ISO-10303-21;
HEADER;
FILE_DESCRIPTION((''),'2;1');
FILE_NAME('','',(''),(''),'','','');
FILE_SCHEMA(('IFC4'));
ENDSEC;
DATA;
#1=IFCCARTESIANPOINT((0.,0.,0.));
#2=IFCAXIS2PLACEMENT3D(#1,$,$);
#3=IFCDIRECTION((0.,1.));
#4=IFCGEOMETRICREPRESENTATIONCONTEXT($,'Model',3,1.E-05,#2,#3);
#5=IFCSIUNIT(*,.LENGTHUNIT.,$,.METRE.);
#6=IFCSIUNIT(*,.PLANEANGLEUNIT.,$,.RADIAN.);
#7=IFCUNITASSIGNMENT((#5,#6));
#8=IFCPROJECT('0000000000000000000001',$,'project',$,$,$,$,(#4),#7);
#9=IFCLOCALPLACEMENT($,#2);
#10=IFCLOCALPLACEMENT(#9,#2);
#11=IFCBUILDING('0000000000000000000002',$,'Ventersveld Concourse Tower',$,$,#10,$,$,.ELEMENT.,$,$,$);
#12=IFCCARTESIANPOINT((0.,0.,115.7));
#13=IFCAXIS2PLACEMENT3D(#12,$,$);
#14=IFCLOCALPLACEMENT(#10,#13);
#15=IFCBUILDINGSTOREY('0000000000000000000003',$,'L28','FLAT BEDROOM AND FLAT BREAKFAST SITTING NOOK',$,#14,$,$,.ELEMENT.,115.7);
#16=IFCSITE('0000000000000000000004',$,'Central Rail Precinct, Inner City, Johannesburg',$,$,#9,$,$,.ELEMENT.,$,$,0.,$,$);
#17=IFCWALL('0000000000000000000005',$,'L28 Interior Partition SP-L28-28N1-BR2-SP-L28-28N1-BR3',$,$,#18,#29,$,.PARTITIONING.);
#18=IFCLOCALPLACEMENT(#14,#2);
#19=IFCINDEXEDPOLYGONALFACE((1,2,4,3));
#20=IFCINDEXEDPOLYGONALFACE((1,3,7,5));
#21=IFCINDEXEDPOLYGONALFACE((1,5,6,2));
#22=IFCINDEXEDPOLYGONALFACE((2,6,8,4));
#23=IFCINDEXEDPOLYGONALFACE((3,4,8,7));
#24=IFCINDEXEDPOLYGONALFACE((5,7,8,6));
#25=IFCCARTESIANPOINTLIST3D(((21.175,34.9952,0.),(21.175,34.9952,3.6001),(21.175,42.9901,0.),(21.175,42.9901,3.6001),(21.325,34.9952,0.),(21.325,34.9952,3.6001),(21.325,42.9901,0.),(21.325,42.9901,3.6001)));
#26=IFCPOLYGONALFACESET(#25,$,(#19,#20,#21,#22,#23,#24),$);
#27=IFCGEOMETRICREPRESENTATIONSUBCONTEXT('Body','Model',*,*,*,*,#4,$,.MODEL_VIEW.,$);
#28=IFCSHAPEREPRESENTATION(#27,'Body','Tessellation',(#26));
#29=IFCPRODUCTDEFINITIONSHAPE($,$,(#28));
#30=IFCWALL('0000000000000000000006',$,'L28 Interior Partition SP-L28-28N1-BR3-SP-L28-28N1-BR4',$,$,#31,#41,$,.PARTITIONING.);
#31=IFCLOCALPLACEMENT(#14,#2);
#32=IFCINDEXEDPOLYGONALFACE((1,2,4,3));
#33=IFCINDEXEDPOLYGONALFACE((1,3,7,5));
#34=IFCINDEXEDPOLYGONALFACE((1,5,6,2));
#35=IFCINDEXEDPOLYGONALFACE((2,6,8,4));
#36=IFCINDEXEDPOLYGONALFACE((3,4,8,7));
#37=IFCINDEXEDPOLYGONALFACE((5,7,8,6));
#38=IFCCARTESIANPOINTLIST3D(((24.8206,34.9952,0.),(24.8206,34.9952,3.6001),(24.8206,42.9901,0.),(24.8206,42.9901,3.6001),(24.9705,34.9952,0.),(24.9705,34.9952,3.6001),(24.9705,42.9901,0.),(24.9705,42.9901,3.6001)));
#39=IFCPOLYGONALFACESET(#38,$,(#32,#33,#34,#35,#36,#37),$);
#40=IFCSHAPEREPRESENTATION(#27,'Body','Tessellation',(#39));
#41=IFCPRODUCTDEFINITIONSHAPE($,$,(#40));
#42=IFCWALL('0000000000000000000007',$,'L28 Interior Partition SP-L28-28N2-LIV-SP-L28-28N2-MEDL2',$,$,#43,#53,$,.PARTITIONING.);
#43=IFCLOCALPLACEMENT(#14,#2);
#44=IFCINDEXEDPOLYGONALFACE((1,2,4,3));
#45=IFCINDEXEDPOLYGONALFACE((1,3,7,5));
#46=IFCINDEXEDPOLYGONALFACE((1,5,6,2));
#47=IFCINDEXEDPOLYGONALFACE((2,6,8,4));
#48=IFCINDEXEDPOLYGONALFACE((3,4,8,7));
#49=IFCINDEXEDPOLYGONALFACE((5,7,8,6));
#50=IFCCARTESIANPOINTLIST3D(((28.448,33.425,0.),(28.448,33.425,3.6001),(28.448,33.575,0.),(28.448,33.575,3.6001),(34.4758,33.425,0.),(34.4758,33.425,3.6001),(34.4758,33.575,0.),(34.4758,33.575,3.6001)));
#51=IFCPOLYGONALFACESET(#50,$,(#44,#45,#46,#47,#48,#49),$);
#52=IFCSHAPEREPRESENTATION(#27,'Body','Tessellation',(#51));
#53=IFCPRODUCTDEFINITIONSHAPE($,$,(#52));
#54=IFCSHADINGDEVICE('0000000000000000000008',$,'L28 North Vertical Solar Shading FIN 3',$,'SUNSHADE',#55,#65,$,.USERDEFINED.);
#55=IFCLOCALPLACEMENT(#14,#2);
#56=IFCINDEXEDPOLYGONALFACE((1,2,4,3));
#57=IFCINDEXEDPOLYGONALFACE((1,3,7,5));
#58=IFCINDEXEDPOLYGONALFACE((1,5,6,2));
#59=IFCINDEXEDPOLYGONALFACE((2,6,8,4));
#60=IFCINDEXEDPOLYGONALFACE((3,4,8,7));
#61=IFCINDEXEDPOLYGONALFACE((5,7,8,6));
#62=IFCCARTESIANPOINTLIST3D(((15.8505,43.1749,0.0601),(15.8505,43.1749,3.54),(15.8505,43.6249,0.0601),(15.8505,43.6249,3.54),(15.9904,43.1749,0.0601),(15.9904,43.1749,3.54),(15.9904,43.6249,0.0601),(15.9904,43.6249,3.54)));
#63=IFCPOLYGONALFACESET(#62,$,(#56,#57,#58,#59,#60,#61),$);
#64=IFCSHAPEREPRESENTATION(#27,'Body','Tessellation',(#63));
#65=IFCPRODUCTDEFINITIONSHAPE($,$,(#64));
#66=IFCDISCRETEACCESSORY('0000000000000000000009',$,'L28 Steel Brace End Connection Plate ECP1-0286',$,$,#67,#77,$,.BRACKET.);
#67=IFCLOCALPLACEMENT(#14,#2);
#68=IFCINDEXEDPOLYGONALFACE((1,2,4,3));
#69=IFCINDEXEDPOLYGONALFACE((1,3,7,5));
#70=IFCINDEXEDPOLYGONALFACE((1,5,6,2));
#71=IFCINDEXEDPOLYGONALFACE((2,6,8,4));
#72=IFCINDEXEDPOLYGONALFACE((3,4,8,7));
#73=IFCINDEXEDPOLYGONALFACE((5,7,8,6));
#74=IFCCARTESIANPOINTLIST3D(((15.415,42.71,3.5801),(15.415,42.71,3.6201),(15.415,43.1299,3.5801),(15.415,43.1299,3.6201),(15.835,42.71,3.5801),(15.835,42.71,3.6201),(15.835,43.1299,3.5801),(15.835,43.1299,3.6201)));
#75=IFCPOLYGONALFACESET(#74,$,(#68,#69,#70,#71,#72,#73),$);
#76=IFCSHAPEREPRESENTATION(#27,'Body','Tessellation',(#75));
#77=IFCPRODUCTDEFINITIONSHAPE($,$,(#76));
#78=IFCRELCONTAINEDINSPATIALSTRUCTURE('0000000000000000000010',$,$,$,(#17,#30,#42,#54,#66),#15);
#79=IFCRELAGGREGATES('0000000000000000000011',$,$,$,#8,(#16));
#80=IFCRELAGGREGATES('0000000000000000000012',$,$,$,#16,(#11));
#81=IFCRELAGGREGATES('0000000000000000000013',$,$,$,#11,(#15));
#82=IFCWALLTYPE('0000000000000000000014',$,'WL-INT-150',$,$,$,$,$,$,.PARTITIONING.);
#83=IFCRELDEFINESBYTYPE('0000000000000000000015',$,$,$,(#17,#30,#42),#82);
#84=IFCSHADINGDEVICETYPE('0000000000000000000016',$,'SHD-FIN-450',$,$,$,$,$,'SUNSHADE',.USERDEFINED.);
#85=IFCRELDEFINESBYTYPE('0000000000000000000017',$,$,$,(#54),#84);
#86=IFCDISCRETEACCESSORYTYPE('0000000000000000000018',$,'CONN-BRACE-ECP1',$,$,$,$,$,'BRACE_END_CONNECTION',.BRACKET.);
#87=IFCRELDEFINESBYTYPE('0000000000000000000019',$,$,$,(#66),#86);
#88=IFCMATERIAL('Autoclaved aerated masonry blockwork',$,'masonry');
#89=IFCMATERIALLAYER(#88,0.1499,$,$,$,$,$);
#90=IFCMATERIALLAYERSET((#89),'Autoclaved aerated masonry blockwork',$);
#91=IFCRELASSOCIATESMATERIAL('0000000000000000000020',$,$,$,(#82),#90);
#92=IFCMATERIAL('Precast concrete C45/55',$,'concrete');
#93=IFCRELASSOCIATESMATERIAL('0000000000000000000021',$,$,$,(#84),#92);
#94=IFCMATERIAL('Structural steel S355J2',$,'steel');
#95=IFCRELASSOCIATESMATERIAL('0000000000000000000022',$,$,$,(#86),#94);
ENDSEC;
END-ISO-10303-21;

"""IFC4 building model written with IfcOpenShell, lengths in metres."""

from ifc_helpers import new_model, si_unit, direction, frame, frame_2d, origin, origin_2d, place, context, subcontext, project, spatial, rectangle, extrude, material, layer, layer_set, type_object, element, save


model = new_model("IFC4")

# Units and contexts
model_context = context("Model", 3, precision=1e-05, world=origin(), true_north=direction((0.0, 1.0)))
body_context = subcontext(model_context, "Body", "Model", "MODEL_VIEW")
ifc_project = project(units=[si_unit("LENGTHUNIT", "METRE"), si_unit("PLANEANGLEUNIT", "RADIAN")], contexts=[model_context])

# Site, building, storey
site_placement = place(None, origin())
site = spatial("IfcSite", under=ifc_project, at=site_placement, Name="Central Rail Precinct, Inner City, Johannesburg", CompositionType="ELEMENT", RefElevation=0.0)
building_placement = place(site_placement, origin())
building = spatial("IfcBuilding", under=site, at=building_placement, Name="Ventersveld Concourse Tower", CompositionType="ELEMENT")
storey_placement = place(building_placement, frame((0.0, 0.0, 115.7)))
storey = spatial("IfcBuildingStorey", under=building, at=storey_placement, Name="L28", Description="FLAT BEDROOM AND FLAT BREAKFAST SITTING NOOK", CompositionType="ELEMENT", Elevation=115.7)

# Shared definitions
ifc_material_1 = material(Name="Structural steel S355J2", Category="steel")

# Shared definitions
ifc_material_2 = material(Name="Autoclaved aerated masonry blockwork", Category="masonry")
ifc_layer_1 = layer(ifc_material_2, 0.1499)
ifc_layer_set_1 = layer_set([ifc_layer_1], Name="Autoclaved aerated masonry blockwork")
wall_type_1 = type_object("IfcWallType", Name="WL-INT-150", PredefinedType="PARTITIONING", material=ifc_layer_set_1)

# Walls
for number, where, z_axis, x_axis, name in (
    (1, (21.25, 34.9951, 0.0), (0.0, 0.0, 1.0), (0.0, 1.0, 0.0), "L28 Interior Partition SP-L28-28N1-BR2-SP-L28-28N1-BR3"),
    (2, (24.8955, 34.9951, 0.0), (0.0, 0.0, 1.0), (0.0, 1.0, 0.0), "L28 Interior Partition SP-L28-28N1-BR3-SP-L28-28N1-BR4"),
):
    element("IfcWall", number, at=place(storey_placement, frame(where, z_axis=z_axis, x_axis=x_axis)), inside=storey, type_object=wall_type_1, Name=name, PredefinedType="PARTITIONING", context=body_context, shape_type="SweptSolid", body=[
        extrude(rectangle(XDim=7.9949, YDim=0.1499, at=frame_2d((3.9976, 0.0))), origin(), (0.0, 0.0, 1.0), 3.6001),
    ])
wall_1_placement = place(storey_placement, frame((28.448, 33.5, 0.0), z_axis=(0.0, 0.0, 1.0), x_axis=(1.0, 0.0, 0.0)))
element("IfcWall", 3, at=wall_1_placement, inside=storey, type_object=wall_type_1, Name="L28 Interior Partition SP-L28-28N2-LIV-SP-L28-28N2-MEDL2", PredefinedType="PARTITIONING", context=body_context, shape_type="SweptSolid", body=[
    extrude(rectangle(XDim=6.0278, YDim=0.1499, at=frame_2d((3.0139, 0.0))), origin(), (0.0, 0.0, 1.0), 3.6001),
])

# Shading device
ifc_material_3 = material(Name="Precast concrete C45/55", Category="concrete")
shading_device_type = type_object("IfcShadingDeviceType", Name="SHD-FIN-450", ElementType="SUNSHADE", PredefinedType="USERDEFINED", material=ifc_material_3)
shading_device_placement = place(storey_placement, frame((15.9204, 43.3999, 0.0601), z_axis=(0.0, 0.0, 1.0), x_axis=(1.0, 0.0, 0.0)))
element("IfcShadingDevice", 4, at=shading_device_placement, inside=storey, type_object=shading_device_type, Name="L28 North Vertical Solar Shading FIN 3", ObjectType="SUNSHADE", PredefinedType="USERDEFINED", context=body_context, shape_type="SweptSolid", body=[
    extrude(rectangle(XDim=0.1399, YDim=0.45, at=origin_2d()), origin(), (0.0, 0.0, 1.0), 3.48),
])

# Discrete accessory
discrete_accessory_type = type_object("IfcDiscreteAccessoryType", Name="CONN-BRACE-ECP1", ElementType="BRACE_END_CONNECTION", PredefinedType="BRACKET", material=ifc_material_1)
discrete_accessory_placement = place(storey_placement, frame((15.625, 42.9199, 3.5801), z_axis=(0.0, 0.0, 1.0), x_axis=(1.0, 0.0, 0.0)))
element("IfcDiscreteAccessory", 5, at=discrete_accessory_placement, inside=storey, type_object=discrete_accessory_type, Name="L28 Steel Brace End Connection Plate ECP1-0286", PredefinedType="BRACKET", context=body_context, shape_type="SweptSolid", body=[
    extrude(rectangle(XDim=0.4199, YDim=0.4199, at=origin_2d()), origin(), (0.0, 0.0, 1.0), 0.04),
])

save(model, "model.ifc")
